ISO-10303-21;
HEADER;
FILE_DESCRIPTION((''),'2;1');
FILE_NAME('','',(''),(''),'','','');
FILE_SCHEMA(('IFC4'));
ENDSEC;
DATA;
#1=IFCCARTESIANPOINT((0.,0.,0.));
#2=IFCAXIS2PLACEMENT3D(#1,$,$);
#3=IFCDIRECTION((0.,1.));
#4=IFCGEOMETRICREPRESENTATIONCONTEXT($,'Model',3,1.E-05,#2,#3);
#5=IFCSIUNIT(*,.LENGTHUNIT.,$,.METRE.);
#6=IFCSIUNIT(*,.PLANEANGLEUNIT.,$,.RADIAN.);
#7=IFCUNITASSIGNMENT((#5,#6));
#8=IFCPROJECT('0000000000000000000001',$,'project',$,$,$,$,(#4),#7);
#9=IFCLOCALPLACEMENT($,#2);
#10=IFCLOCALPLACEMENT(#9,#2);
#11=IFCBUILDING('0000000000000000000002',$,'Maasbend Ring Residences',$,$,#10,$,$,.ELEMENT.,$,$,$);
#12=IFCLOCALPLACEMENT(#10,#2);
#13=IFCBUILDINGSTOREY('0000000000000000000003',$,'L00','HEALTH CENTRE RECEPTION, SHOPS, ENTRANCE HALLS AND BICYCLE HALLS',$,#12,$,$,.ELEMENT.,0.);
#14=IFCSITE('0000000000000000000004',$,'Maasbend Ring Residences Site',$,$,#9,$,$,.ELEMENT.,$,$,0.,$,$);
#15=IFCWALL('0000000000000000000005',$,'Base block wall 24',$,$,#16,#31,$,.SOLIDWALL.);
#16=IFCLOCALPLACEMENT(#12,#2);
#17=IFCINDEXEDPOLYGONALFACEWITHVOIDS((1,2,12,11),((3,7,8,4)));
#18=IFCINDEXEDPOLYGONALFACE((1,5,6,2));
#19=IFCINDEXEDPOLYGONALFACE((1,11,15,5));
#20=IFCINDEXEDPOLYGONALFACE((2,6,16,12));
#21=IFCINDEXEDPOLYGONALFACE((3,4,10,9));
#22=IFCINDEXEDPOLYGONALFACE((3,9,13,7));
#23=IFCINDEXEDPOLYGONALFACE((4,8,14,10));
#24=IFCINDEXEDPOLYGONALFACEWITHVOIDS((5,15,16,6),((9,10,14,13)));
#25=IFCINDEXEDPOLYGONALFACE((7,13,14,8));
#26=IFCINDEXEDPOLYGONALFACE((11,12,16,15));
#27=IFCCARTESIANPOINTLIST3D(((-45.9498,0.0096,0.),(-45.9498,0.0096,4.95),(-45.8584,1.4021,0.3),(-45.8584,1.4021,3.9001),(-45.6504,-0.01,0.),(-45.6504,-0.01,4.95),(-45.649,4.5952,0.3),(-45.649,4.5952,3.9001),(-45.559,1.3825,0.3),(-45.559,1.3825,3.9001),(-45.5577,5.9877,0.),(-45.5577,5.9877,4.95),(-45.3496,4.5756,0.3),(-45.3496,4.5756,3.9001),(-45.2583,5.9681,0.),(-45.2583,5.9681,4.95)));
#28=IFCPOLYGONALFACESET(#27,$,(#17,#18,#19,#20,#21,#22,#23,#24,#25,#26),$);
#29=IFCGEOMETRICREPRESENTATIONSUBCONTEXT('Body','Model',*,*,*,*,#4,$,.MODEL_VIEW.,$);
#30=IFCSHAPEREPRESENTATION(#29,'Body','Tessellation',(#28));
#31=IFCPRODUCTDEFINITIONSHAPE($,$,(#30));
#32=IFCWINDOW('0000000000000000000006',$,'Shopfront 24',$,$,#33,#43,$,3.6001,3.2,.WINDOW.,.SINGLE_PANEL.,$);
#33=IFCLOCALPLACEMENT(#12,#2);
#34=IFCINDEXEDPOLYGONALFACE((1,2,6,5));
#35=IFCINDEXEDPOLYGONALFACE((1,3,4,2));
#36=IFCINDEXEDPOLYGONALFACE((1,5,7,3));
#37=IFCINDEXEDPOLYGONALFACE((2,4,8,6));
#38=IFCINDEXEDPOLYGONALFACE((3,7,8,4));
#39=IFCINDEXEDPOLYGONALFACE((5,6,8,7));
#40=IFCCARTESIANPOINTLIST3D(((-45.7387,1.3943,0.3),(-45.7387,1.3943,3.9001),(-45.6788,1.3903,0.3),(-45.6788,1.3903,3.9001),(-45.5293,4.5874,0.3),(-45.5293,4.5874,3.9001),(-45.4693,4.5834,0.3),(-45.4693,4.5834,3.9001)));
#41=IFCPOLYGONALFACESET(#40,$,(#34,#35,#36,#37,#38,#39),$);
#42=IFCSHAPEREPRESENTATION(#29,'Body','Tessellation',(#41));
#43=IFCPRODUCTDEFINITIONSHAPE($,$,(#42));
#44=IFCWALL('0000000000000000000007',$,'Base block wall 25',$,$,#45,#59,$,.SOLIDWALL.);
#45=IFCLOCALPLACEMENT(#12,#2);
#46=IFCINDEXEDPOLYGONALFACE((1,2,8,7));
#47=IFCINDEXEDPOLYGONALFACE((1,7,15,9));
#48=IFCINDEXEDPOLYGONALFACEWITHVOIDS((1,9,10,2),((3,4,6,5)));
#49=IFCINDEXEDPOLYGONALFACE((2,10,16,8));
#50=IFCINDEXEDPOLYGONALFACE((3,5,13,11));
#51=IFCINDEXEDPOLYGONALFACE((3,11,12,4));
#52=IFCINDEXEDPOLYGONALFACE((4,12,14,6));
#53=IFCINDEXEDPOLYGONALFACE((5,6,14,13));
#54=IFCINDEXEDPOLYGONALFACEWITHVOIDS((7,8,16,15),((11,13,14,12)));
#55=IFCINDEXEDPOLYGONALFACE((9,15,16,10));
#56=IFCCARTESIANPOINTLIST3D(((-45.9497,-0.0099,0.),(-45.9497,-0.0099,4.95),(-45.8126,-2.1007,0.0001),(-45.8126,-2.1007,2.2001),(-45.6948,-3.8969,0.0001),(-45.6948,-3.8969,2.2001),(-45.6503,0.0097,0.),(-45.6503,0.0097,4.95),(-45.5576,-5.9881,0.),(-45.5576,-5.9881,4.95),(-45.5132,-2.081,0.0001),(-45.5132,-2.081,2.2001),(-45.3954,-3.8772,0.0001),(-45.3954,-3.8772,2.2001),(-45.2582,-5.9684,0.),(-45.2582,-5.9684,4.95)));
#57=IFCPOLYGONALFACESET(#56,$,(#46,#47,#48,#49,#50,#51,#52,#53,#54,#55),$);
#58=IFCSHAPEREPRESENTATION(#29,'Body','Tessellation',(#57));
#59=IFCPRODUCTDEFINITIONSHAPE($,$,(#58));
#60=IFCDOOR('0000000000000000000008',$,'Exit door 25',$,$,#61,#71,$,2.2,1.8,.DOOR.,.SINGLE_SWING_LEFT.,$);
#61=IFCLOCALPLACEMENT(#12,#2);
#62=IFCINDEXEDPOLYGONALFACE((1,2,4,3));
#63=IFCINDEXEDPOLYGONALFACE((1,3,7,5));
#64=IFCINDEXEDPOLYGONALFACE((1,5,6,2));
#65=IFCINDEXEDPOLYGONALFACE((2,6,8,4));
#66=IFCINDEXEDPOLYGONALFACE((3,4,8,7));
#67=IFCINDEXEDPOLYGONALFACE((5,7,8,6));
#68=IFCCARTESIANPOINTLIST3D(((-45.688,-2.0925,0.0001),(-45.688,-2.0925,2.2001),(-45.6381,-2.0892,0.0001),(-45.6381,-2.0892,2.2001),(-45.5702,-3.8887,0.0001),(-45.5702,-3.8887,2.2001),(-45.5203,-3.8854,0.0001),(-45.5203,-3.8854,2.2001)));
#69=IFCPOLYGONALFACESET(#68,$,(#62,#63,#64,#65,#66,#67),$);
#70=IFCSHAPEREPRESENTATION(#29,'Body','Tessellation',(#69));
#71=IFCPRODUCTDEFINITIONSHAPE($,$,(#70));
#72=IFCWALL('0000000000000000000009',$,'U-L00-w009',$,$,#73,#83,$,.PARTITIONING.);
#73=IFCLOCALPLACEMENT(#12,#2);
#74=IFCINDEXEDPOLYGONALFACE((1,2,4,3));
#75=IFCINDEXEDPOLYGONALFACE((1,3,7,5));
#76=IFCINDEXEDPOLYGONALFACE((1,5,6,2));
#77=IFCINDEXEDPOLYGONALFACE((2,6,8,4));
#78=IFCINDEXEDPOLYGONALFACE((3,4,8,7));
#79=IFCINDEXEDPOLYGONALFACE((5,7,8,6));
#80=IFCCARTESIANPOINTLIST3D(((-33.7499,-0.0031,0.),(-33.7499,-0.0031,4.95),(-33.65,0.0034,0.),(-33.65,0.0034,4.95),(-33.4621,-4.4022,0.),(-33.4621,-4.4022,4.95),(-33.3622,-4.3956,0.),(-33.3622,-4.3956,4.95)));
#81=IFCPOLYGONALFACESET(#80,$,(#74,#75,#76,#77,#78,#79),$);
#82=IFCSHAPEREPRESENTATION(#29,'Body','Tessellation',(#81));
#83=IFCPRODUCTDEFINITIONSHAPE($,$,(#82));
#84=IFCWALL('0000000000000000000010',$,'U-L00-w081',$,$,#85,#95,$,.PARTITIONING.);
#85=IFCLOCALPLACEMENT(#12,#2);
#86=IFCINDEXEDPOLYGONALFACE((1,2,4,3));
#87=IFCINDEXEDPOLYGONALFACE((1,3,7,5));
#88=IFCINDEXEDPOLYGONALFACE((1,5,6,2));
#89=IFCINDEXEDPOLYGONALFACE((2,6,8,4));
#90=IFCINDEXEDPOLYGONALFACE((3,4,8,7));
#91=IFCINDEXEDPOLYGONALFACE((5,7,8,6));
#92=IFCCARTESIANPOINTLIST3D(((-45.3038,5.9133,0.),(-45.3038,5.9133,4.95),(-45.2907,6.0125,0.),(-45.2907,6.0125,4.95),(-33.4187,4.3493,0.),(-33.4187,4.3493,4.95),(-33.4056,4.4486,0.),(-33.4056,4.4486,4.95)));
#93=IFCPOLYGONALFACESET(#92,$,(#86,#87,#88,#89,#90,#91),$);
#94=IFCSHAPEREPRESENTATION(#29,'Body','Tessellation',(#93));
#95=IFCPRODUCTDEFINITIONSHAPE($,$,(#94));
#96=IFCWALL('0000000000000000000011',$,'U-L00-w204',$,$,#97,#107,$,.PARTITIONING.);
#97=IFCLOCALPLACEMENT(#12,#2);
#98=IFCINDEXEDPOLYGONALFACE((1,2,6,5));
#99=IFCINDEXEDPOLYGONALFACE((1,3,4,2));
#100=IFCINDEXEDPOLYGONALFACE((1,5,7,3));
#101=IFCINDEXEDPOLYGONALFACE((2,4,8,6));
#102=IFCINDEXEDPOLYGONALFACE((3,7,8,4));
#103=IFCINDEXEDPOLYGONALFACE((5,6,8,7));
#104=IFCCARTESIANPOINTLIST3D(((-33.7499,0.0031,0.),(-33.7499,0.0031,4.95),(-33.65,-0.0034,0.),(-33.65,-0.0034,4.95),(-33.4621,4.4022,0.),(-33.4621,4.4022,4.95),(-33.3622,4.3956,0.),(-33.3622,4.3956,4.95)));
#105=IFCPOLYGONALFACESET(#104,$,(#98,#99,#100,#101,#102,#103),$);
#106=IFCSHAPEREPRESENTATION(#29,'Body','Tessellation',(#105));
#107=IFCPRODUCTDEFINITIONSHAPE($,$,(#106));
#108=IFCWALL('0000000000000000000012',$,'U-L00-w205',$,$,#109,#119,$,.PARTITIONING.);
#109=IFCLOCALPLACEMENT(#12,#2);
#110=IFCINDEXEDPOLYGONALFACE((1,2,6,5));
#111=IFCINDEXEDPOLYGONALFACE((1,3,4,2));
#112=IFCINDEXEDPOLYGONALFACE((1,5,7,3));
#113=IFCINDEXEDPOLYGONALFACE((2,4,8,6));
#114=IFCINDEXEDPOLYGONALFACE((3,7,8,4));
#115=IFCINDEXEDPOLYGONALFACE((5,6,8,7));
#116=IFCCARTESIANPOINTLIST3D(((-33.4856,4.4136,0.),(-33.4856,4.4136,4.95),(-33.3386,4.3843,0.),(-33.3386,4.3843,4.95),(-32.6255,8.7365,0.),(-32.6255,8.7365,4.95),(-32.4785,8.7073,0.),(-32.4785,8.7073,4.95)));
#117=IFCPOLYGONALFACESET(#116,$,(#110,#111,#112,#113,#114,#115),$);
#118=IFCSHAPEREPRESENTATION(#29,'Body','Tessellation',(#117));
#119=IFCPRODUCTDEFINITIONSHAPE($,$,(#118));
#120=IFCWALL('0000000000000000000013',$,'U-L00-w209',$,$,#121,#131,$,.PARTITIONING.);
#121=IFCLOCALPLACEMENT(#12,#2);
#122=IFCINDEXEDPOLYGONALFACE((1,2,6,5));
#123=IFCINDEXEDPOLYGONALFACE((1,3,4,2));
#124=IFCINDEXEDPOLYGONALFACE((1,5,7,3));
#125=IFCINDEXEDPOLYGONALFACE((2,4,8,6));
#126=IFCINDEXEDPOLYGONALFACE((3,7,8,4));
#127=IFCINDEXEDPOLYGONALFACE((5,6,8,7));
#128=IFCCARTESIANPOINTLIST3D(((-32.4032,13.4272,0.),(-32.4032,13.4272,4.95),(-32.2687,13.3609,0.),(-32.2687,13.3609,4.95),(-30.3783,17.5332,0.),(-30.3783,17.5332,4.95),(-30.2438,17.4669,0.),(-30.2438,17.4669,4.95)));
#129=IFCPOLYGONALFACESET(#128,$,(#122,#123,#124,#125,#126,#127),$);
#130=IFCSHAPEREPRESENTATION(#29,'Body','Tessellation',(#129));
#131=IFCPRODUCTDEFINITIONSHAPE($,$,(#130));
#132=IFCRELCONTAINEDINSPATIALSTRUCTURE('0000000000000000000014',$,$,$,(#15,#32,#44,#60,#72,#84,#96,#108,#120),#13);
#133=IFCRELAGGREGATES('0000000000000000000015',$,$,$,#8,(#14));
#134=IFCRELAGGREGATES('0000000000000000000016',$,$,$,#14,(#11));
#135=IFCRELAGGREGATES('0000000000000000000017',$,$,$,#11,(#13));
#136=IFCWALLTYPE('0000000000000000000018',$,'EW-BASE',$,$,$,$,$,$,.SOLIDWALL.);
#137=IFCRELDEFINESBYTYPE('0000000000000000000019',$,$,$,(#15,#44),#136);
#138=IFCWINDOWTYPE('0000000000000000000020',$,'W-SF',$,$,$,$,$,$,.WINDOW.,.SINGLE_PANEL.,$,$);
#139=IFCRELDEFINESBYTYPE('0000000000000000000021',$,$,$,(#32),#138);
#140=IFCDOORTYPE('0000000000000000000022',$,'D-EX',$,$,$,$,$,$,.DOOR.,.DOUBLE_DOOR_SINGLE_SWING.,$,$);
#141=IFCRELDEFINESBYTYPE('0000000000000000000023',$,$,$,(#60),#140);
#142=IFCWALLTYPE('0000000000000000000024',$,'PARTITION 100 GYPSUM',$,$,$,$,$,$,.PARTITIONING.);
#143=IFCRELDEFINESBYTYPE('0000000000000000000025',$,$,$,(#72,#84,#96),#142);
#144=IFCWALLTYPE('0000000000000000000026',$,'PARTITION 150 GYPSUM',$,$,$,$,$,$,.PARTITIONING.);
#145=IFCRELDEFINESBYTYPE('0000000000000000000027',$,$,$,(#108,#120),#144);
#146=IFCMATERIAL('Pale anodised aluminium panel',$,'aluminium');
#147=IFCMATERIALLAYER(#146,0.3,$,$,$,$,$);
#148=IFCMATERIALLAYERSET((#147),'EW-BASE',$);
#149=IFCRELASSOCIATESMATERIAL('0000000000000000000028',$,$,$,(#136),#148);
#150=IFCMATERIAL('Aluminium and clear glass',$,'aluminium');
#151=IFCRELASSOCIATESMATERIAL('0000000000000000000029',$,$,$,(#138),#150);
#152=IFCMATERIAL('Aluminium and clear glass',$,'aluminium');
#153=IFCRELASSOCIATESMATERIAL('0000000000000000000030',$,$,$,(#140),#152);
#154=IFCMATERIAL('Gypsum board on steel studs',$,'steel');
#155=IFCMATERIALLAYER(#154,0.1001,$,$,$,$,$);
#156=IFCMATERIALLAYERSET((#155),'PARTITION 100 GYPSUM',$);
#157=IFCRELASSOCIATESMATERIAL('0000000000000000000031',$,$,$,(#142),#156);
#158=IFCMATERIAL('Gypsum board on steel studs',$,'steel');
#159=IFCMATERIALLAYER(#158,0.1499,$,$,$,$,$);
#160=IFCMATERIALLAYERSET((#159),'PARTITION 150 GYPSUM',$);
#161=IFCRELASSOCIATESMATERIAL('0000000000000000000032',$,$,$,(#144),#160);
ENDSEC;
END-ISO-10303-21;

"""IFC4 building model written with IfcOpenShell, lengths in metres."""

from ifc_helpers import new_model, si_unit, direction, frame, frame_2d, origin, place, context, subcontext, project, spatial, rectangle, extrude, material, layer, layer_set, type_object, element, fill, save


model = new_model("IFC4")

# Units and contexts
model_context = context("Model", 3, precision=1e-05, world=origin(), true_north=direction((0.0, 1.0)))
body_context = subcontext(model_context, "Body", "Model", "MODEL_VIEW")
ifc_project = project(units=[si_unit("LENGTHUNIT", "METRE"), si_unit("PLANEANGLEUNIT", "RADIAN")], contexts=[model_context])

# Site, building, storey
site_placement = place(None, origin())
site = spatial("IfcSite", under=ifc_project, at=site_placement, Name="Maasbend Ring Residences Site", CompositionType="ELEMENT", RefElevation=0.0)
building_placement = place(site_placement, origin())
building = spatial("IfcBuilding", under=site, at=building_placement, Name="Maasbend Ring Residences", CompositionType="ELEMENT")
storey_placement = place(building_placement, origin())
storey = spatial("IfcBuildingStorey", under=building, at=storey_placement, Name="L00", Description="HEALTH CENTRE RECEPTION, SHOPS, ENTRANCE HALLS AND BICYCLE HALLS", CompositionType="ELEMENT", Elevation=0.0)

# Wall, opening, window
ifc_material_1 = material(Name="Pale anodised aluminium panel", Category="aluminium")
ifc_layer_1 = layer(ifc_material_1, 0.3)
ifc_layer_set_1 = layer_set([ifc_layer_1], Name="EW-BASE")
wall_type_1 = type_object("IfcWallType", Name="EW-BASE", PredefinedType="SOLIDWALL", material=ifc_layer_set_1)
ifc_material_2 = material(Name="Aluminium and clear glass", Category="aluminium")
window_type = type_object("IfcWindowType", Name="W-SF", PartitioningType="SINGLE_PANEL", PredefinedType="WINDOW", material=ifc_material_2)
wall_1_placement = place(storey_placement, frame((-45.408, 5.978, 0.0), z_axis=(0.0, 0.0, 1.0), x_axis=(-0.065448, -0.997856, 0.0)))
wall_1 = element("IfcWall", 1, at=wall_1_placement, inside=storey, type_object=wall_type_1, Name="Base block wall 24", PredefinedType="SOLIDWALL", context=body_context, shape_type="SweptSolid", body=[
    extrude(rectangle(XDim=5.991, YDim=0.3, at=frame_2d((2.9956, 0.0))), origin(), (0.0, 0.0, 1.0), 4.95),
])
opening_1_placement = place(wall_1_placement, frame((1.3955, 0.0, 0.3)))
opening_1 = element("IfcOpeningElement", 2, at=opening_1_placement, cuts=wall_1, PredefinedType="OPENING", context=body_context, shape_type="SweptSolid", body=[
    extrude(rectangle(XDim=3.2, YDim=3.6001, at=frame_2d((1.6001, 1.8))), frame((0.0, 0.1602, 0.0), z_axis=(0.0, -1.0, 0.0), x_axis=(1.0, 0.0, 0.0)), (0.0, 0.0, 1.0), 0.3201),
])
window_1_placement = place(opening_1_placement, origin())
window_1 = element("IfcWindow", 3, at=window_1_placement, inside=storey, type_object=window_type, Name="Shopfront 24", OverallHeight=3.6001, OverallWidth=3.2, PartitioningType="SINGLE_PANEL", PredefinedType="WINDOW", context=body_context, shape_type="SweptSolid", body=[
    extrude(rectangle(XDim=3.2, YDim=3.6001, at=frame_2d((1.6001, 1.8))), frame((0.0, 0.03, 0.0), z_axis=(0.0, -1.0, 0.0), x_axis=(1.0, 0.0, 0.0)), (0.0, 0.0, 1.0), 0.0601),
])
fill(opening_1, window_1)

# Wall, opening, door
wall_2_placement = place(storey_placement, frame((-45.8, 0.0, 0.0), z_axis=(0.0, 0.0, 1.0), x_axis=(0.065448, -0.997856, 0.0)))
wall_2 = element("IfcWall", 4, at=wall_2_placement, inside=storey, type_object=wall_type_1, Name="Base block wall 25", PredefinedType="SOLIDWALL", context=body_context, shape_type="SweptSolid", body=[
    extrude(rectangle(XDim=5.991, YDim=0.3, at=frame_2d((2.9956, 0.0))), origin(), (0.0, 0.0, 1.0), 4.95),
])
opening_2_placement = place(wall_2_placement, frame((2.0955, 0.0, 0.0)))
opening_2 = element("IfcOpeningElement", 5, at=opening_2_placement, cuts=wall_2, PredefinedType="OPENING", context=body_context, shape_type="SweptSolid", body=[
    extrude(rectangle(XDim=1.8, YDim=2.2, at=frame_2d((0.8999, 1.1001))), frame((0.0, 0.1602, 0.0), z_axis=(0.0, -1.0, 0.0), x_axis=(1.0, 0.0, 0.0)), (0.0, 0.0, 1.0), 0.3201),
])
ifc_material_3 = material(Name="Aluminium and clear glass", Category="aluminium")
door_type_1 = type_object("IfcDoorType", Name="D-EX", OperationType="DOUBLE_DOOR_SINGLE_SWING", PredefinedType="DOOR", material=ifc_material_3)
door_1_placement = place(opening_2_placement, origin())
door_1 = element("IfcDoor", 6, at=door_1_placement, inside=storey, type_object=door_type_1, Name="Exit door 25", OperationType="SINGLE_SWING_LEFT", OverallHeight=2.2, OverallWidth=1.8, PredefinedType="DOOR", context=body_context, shape_type="SweptSolid", body=[
    extrude(rectangle(XDim=1.8, YDim=2.2, at=frame_2d((0.8999, 1.1001))), frame((0.0, 0.0249, 0.0), z_axis=(0.0, -1.0, 0.0), x_axis=(1.0, 0.0, 0.0)), (0.0, 0.0, 1.0), 0.05),
])
fill(opening_2, door_1)

# Walls
ifc_material_4 = material(Name="Gypsum board on steel studs", Category="steel")
ifc_layer_2 = layer(ifc_material_4, 0.1001)
ifc_layer_set_2 = layer_set([ifc_layer_2], Name="PARTITION 100 GYPSUM")
wall_type_2 = type_object("IfcWallType", Name="PARTITION 100 GYPSUM", PredefinedType="PARTITIONING", material=ifc_layer_set_2)
wall_3_placement = place(storey_placement, frame((-33.7, 0.0, 0.0), z_axis=(0.0, 0.0, 1.0), x_axis=(0.065295, -0.997866, 0.0)))
element("IfcWall", 7, at=wall_3_placement, inside=storey, type_object=wall_type_2, Name="U-L00-w009", PredefinedType="PARTITIONING", context=body_context, shape_type="SweptSolid", body=[
    extrude(rectangle(XDim=4.4084, YDim=0.1001, at=frame_2d((2.2041, 0.0))), origin(), (0.0, 0.0, 1.0), 4.95),
])
wall_4_placement = place(storey_placement, frame((-45.2971, 5.9629, 0.0), z_axis=(0.0, 0.0, 1.0), x_axis=(0.991453, -0.130467, 0.0)))
element("IfcWall", 8, at=wall_4_placement, inside=storey, type_object=wall_type_2, Name="U-L00-w081", PredefinedType="PARTITIONING", context=body_context, shape_type="SweptSolid", body=[
    extrude(rectangle(XDim=11.9875, YDim=0.1001, at=frame_2d((5.9937, 0.0))), origin(), (0.0, 0.0, 1.0), 4.95),
])
wall_5_placement = place(storey_placement, frame((-33.7, 0.0, 0.0), z_axis=(0.0, 0.0, 1.0), x_axis=(0.065295, 0.997866, 0.0)))
element("IfcWall", 9, at=wall_5_placement, inside=storey, type_object=wall_type_2, Name="U-L00-w204", PredefinedType="PARTITIONING", context=body_context, shape_type="SweptSolid", body=[
    extrude(rectangle(XDim=4.4084, YDim=0.1001, at=frame_2d((2.2041, 0.0))), origin(), (0.0, 0.0, 1.0), 4.95),
])
ifc_material_5 = material(Name="Gypsum board on steel studs", Category="steel")
ifc_layer_3 = layer(ifc_material_5, 0.1499)
ifc_layer_set_3 = layer_set([ifc_layer_3], Name="PARTITION 150 GYPSUM")
wall_type_3 = type_object("IfcWallType", Name="PARTITION 150 GYPSUM", PredefinedType="PARTITIONING", material=ifc_layer_set_3)
wall_6_placement = place(storey_placement, frame((-33.4121, 4.3989, 0.0), z_axis=(0.0, 0.0, 1.0), x_axis=(0.195136, 0.980776, 0.0)))
element("IfcWall", 10, at=wall_6_placement, inside=storey, type_object=wall_type_3, Name="U-L00-w205", PredefinedType="PARTITIONING", context=body_context, shape_type="SweptSolid", body=[
    extrude(rectangle(XDim=4.4077, YDim=0.1499, at=frame_2d((2.2039, 0.0))), origin(), (0.0, 0.0, 1.0), 4.95),
])
wall_7_placement = place(storey_placement, frame((-32.3359, 13.394, 0.0), z_axis=(0.0, 0.0, 1.0), x_axis=(0.442301, 0.896867, 0.0)))
element("IfcWall", 11, at=wall_7_placement, inside=storey, type_object=wall_type_3, Name="U-L00-w209", PredefinedType="PARTITIONING", context=body_context, shape_type="SweptSolid", body=[
    extrude(rectangle(XDim=4.5781, YDim=0.1499, at=frame_2d((2.2891, 0.0))), origin(), (0.0, 0.0, 1.0), 4.95),
])

save(model, "model.ifc")
